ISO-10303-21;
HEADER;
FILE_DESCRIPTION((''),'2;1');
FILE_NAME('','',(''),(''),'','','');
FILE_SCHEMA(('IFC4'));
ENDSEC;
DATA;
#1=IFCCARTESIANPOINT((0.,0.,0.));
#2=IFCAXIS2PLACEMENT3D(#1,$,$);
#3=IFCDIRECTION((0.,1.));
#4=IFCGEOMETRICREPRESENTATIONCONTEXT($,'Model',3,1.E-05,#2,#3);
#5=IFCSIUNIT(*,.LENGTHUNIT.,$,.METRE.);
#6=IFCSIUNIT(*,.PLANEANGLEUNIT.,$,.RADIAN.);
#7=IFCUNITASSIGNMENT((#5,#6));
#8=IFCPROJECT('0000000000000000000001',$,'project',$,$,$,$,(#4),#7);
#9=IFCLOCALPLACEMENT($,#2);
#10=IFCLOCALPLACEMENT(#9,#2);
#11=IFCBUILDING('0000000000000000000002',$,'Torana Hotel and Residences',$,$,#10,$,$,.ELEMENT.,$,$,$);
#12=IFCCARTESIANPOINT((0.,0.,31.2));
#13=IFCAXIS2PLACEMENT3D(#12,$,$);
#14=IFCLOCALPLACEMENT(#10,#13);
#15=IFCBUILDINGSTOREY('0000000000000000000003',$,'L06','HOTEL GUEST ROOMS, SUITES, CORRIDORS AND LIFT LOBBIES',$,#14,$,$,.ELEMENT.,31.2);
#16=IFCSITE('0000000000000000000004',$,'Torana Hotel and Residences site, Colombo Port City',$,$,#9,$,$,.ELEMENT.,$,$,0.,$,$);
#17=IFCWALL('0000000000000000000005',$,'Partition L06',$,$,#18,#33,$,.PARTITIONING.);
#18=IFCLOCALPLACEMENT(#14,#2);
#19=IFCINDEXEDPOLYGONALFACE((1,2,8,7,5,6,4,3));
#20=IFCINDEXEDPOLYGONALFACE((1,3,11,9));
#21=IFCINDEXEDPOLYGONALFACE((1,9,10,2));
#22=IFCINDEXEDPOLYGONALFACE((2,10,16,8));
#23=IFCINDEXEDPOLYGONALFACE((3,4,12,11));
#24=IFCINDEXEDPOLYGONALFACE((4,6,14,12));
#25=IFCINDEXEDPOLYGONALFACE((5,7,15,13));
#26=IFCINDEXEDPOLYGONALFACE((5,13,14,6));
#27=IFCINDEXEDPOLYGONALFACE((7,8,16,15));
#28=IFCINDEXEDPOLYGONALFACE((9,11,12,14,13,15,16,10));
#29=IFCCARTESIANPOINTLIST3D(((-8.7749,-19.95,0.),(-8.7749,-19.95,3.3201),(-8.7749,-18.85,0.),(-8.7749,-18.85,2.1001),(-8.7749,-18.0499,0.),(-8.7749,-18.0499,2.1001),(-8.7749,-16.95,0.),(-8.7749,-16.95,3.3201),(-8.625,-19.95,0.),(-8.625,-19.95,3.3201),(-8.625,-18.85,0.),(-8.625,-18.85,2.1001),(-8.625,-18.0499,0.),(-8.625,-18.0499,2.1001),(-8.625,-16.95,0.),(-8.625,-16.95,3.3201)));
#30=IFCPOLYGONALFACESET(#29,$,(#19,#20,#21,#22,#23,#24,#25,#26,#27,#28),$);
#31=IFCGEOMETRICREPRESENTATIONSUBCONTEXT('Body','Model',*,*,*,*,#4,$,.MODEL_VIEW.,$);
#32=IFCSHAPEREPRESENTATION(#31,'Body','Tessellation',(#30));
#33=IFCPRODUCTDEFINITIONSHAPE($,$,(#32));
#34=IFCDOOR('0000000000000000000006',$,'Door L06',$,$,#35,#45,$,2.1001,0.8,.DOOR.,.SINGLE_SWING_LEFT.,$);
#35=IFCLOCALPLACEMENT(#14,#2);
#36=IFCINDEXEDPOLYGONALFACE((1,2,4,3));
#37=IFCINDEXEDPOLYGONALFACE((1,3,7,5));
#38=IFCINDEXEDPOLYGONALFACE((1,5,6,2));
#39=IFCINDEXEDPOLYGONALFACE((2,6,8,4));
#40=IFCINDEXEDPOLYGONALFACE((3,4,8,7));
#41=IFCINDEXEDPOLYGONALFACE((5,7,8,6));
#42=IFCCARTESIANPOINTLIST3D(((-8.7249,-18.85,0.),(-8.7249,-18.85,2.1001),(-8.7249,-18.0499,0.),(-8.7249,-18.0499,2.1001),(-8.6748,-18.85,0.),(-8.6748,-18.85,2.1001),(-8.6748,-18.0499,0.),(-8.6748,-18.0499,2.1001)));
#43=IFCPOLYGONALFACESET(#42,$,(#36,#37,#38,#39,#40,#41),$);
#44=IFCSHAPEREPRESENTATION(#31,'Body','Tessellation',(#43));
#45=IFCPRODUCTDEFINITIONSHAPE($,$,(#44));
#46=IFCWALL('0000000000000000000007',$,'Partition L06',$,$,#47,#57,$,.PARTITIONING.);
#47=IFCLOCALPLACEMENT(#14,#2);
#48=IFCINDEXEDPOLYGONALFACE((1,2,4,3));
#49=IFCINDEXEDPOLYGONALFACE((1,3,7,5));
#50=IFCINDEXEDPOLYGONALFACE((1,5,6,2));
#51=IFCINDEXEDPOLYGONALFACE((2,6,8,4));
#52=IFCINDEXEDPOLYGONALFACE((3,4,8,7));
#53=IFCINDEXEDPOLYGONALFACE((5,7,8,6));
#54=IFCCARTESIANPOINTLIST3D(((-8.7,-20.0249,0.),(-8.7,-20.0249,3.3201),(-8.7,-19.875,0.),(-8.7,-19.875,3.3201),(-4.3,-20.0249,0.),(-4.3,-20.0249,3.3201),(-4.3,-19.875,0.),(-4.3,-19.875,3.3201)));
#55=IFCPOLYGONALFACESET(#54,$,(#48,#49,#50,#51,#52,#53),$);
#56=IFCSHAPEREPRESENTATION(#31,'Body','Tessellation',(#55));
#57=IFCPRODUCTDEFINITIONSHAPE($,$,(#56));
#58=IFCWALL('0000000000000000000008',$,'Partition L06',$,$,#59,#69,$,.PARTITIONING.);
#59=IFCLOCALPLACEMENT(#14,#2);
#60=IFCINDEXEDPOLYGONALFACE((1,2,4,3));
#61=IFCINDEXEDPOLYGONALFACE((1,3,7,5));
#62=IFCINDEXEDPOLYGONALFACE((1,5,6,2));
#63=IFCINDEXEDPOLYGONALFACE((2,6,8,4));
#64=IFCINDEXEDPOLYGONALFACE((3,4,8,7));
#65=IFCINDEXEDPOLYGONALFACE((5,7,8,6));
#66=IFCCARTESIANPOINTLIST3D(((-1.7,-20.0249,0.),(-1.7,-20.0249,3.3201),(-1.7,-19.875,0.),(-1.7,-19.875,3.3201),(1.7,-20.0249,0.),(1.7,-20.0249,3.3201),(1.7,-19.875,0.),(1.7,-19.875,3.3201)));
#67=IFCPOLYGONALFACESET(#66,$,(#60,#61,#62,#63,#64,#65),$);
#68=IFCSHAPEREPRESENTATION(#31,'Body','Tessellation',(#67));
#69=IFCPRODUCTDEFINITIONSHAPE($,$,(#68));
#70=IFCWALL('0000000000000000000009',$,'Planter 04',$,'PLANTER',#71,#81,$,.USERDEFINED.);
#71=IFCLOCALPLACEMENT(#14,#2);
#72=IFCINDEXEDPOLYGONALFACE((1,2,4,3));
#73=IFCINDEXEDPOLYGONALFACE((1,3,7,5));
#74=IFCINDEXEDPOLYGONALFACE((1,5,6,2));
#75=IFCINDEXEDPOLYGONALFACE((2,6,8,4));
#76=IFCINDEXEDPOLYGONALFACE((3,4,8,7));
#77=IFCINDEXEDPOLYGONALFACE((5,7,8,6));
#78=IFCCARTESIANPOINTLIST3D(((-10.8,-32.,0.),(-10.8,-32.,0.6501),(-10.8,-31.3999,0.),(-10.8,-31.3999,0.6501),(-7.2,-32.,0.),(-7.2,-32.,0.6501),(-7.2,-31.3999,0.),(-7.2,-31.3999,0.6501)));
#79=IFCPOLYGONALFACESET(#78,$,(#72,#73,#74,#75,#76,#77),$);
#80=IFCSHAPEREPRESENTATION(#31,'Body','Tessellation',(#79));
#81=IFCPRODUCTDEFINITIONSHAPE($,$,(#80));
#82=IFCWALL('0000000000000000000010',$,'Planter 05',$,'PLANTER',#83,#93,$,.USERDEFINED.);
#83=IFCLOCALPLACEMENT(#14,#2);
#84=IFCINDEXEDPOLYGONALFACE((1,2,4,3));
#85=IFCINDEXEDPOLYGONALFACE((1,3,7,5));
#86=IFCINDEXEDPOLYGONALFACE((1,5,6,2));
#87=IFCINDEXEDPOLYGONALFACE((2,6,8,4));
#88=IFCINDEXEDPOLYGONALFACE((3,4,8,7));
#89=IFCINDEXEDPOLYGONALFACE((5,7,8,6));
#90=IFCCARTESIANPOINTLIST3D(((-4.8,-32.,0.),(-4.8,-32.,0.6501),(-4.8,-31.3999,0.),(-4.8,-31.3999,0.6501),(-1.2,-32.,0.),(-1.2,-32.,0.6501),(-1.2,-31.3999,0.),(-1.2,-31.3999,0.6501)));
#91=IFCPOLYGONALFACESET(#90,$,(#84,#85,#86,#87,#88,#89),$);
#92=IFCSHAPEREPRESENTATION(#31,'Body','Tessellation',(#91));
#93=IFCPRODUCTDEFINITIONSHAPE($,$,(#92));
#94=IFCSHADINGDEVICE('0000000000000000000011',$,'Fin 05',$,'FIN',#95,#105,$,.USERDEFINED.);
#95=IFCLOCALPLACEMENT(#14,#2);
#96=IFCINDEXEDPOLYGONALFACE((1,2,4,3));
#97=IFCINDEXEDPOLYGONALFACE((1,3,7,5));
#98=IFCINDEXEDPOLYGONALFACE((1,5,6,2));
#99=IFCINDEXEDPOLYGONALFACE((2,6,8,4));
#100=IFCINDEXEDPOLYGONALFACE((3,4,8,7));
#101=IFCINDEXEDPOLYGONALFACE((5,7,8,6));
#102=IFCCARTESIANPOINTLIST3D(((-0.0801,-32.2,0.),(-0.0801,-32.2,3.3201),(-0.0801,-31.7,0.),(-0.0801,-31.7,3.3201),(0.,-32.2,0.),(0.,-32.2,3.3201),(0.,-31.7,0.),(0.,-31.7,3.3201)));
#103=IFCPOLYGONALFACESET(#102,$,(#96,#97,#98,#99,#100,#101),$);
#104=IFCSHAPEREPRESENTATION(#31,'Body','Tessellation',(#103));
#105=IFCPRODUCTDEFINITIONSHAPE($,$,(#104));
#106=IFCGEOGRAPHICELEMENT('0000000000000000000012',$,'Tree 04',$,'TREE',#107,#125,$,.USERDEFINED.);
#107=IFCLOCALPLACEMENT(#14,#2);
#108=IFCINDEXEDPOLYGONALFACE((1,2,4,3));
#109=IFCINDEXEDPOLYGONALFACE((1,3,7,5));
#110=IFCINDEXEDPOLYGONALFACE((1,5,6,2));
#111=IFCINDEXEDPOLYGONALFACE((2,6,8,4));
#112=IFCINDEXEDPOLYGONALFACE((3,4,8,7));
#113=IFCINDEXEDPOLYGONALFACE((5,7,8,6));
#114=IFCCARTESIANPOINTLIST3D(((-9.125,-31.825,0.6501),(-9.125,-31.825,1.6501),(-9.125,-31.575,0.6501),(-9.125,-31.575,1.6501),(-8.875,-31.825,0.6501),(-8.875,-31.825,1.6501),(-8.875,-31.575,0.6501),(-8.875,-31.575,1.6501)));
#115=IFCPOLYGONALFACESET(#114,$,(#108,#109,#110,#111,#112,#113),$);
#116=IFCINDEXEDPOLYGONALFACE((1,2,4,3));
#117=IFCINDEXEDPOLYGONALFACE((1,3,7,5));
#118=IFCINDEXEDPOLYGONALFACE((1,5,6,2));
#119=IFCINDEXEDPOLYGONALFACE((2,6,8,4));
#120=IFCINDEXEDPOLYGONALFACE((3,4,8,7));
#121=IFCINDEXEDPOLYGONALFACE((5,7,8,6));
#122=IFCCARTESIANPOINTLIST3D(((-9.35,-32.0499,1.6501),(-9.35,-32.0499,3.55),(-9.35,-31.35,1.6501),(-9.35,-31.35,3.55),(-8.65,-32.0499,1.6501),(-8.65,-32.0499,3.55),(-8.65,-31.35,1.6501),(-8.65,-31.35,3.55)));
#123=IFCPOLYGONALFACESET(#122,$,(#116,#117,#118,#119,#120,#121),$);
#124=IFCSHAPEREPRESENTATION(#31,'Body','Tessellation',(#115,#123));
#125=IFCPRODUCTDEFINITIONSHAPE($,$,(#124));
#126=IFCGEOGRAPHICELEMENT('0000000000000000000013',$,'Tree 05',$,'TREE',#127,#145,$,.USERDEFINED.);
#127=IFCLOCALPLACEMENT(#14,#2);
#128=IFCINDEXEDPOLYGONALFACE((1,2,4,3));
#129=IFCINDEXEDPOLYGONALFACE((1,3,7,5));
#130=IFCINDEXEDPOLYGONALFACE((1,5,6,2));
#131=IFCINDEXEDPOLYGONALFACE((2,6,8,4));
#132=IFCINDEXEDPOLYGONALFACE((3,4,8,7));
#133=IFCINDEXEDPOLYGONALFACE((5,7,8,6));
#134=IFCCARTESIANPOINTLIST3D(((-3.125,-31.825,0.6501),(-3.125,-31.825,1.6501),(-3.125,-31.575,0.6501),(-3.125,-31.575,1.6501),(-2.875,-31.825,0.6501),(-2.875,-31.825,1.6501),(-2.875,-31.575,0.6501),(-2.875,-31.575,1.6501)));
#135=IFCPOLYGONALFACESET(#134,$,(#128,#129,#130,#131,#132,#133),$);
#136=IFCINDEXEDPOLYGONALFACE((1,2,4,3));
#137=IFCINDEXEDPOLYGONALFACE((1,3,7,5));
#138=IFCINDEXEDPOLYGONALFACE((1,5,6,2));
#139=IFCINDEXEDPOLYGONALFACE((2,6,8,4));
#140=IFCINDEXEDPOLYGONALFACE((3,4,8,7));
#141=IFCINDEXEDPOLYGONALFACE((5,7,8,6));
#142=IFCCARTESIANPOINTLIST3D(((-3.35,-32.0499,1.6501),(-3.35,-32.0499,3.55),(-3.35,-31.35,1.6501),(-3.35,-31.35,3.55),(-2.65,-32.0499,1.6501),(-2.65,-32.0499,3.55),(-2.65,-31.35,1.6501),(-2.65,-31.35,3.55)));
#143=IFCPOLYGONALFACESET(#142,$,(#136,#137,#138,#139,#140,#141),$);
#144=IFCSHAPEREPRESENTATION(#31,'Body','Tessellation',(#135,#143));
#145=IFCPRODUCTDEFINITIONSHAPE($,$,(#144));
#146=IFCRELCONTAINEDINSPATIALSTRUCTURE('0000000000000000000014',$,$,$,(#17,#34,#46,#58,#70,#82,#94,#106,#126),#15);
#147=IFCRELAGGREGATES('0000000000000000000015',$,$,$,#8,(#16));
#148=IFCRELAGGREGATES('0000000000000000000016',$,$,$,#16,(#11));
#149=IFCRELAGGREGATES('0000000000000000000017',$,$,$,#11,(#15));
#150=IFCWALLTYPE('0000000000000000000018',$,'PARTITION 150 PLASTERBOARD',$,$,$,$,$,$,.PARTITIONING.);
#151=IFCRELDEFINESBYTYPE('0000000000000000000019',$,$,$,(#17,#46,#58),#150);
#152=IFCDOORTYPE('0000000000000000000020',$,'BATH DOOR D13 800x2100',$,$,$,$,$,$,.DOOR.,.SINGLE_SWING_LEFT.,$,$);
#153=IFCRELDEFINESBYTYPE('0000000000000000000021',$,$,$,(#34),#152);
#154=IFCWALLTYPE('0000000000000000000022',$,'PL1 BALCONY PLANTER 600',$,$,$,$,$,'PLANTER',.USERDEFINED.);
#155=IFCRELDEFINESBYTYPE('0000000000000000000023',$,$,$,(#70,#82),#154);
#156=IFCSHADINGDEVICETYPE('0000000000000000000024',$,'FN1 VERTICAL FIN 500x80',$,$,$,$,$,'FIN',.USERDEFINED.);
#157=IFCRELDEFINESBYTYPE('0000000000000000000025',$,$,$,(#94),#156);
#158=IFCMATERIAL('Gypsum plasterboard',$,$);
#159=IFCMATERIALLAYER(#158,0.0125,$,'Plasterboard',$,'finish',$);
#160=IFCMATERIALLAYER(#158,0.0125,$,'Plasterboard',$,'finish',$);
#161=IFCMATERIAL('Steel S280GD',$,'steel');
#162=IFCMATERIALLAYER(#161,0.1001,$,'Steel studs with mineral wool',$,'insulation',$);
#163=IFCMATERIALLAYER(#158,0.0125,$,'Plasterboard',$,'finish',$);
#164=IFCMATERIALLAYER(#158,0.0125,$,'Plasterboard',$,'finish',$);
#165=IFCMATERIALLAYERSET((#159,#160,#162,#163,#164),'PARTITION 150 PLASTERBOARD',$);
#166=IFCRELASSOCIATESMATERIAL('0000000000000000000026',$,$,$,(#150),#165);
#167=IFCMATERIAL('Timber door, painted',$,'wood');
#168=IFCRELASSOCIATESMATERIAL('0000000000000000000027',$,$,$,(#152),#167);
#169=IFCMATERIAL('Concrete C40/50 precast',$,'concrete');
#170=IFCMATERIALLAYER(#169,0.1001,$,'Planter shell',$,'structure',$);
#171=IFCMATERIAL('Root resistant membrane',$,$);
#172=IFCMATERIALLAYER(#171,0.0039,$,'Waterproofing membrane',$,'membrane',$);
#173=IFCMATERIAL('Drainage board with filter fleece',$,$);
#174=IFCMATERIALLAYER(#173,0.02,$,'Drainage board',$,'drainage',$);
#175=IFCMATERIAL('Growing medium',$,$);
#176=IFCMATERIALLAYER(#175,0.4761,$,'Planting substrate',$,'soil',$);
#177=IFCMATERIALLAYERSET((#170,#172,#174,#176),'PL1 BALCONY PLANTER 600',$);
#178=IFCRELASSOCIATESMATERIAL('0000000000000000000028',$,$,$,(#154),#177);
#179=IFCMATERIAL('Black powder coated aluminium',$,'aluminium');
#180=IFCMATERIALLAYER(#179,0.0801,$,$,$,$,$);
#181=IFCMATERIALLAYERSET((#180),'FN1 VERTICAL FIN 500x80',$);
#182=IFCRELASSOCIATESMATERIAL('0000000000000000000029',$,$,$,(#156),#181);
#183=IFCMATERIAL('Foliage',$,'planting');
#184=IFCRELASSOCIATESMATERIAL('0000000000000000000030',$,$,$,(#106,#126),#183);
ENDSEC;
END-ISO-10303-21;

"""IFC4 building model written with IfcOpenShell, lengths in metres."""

from ifc_helpers import new_model, si_unit, direction, frame, frame_2d, origin, origin_2d, place, context, subcontext, project, spatial, rectangle, extrude, material, layer, layer_set, type_object, element, fill, save


model = new_model("IFC4")

# Units and contexts
model_context = context("Model", 3, precision=1e-05, world=origin(), true_north=direction((0.0, 1.0)))
body_context = subcontext(model_context, "Body", "Model", "MODEL_VIEW")
ifc_project = project(units=[si_unit("LENGTHUNIT", "METRE"), si_unit("PLANEANGLEUNIT", "RADIAN")], contexts=[model_context])

# Site, building, storey
site_placement = place(None, origin())
site = spatial("IfcSite", under=ifc_project, at=site_placement, Name="Torana Hotel and Residences site, Colombo Port City", CompositionType="ELEMENT", RefElevation=0.0)
building_placement = place(site_placement, origin())
building = spatial("IfcBuilding", under=site, at=building_placement, Name="Torana Hotel and Residences", CompositionType="ELEMENT")
storey_placement = place(building_placement, frame((0.0, 0.0, 31.2)))
storey = spatial("IfcBuildingStorey", under=building, at=storey_placement, Name="L06", Description="HOTEL GUEST ROOMS, SUITES, CORRIDORS AND LIFT LOBBIES", CompositionType="ELEMENT", Elevation=31.2)

# Shared definitions
ifc_material_1 = material(Name="Gypsum plasterboard")
ifc_layer_1 = layer(ifc_material_1, 0.0125, Name="Plasterboard", Category="finish")
ifc_layer_2 = layer(ifc_material_1, 0.0125, Name="Plasterboard", Category="finish")
ifc_material_2 = material(Name="Steel S280GD", Category="steel")
ifc_layer_3 = layer(ifc_material_2, 0.1001, Name="Steel studs with mineral wool", Category="insulation")
ifc_layer_4 = layer(ifc_material_1, 0.0125, Name="Plasterboard", Category="finish")
ifc_layer_5 = layer(ifc_material_1, 0.0125, Name="Plasterboard", Category="finish")
ifc_layer_set_1 = layer_set([ifc_layer_1, ifc_layer_2, ifc_layer_3, ifc_layer_4, ifc_layer_5], Name="PARTITION 150 PLASTERBOARD")
wall_type_1 = type_object("IfcWallType", Name="PARTITION 150 PLASTERBOARD", PredefinedType="PARTITIONING", material=ifc_layer_set_1)
ifc_material_3 = material(Name="Timber door, painted", Category="wood")
door_type_1 = type_object("IfcDoorType", Name="BATH DOOR D13 800x2100", OperationType="SINGLE_SWING_LEFT", PredefinedType="DOOR", material=ifc_material_3)

# Wall, opening, door
wall_1_placement = place(storey_placement, frame((-8.7, -19.95, 0.0), z_axis=(0.0, 0.0, 1.0), x_axis=(0.0, 1.0, 0.0)))
wall_1 = element("IfcWall", 1, at=wall_1_placement, inside=storey, type_object=wall_type_1, Name="Partition L06", PredefinedType="PARTITIONING", context=body_context, shape_type="SweptSolid", body=[
    extrude(rectangle(XDim=3.0, YDim=0.1499, at=frame_2d((1.5, 0.0))), origin(), (0.0, 0.0, 1.0), 3.3201),
])
opening_1_placement = place(wall_1_placement, frame((1.1001, 0.0, 0.0)))
opening_1 = element("IfcOpeningElement", 2, at=opening_1_placement, cuts=wall_1, PredefinedType="OPENING", context=body_context, shape_type="SweptSolid", body=[
    extrude(rectangle(XDim=0.8, YDim=2.1001, at=frame_2d((0.3999, 1.05))), frame((0.0, 0.085, 0.0), z_axis=(0.0, -1.0, 0.0), x_axis=(1.0, 0.0, 0.0)), (0.0, 0.0, 1.0), 0.1699),
])
door_1_placement = place(opening_1_placement, origin())
door_1 = element("IfcDoor", 3, at=door_1_placement, inside=storey, type_object=door_type_1, Name="Door L06", OperationType="SINGLE_SWING_LEFT", OverallHeight=2.1001, OverallWidth=0.8, PredefinedType="DOOR", context=body_context, shape_type="SweptSolid", body=[
    extrude(rectangle(XDim=0.8, YDim=2.1001, at=frame_2d((0.3999, 1.05))), frame((0.0, 0.0249, 0.0), z_axis=(0.0, -1.0, 0.0), x_axis=(1.0, 0.0, 0.0)), (0.0, 0.0, 1.0), 0.05),
])
fill(opening_1, door_1)

# Walls
wall_2_placement = place(storey_placement, frame((-8.7, -19.95, 0.0), z_axis=(0.0, 0.0, 1.0), x_axis=(1.0, 0.0, 0.0)))
element("IfcWall", 4, at=wall_2_placement, inside=storey, type_object=wall_type_1, Name="Partition L06", PredefinedType="PARTITIONING", context=body_context, shape_type="SweptSolid", body=[
    extrude(rectangle(XDim=4.3999, YDim=0.1499, at=frame_2d((2.2, 0.0))), origin(), (0.0, 0.0, 1.0), 3.3201),
])
wall_3_placement = place(storey_placement, frame((-1.7, -19.95, 0.0), z_axis=(0.0, 0.0, 1.0), x_axis=(1.0, 0.0, 0.0)))
element("IfcWall", 5, at=wall_3_placement, inside=storey, type_object=wall_type_1, Name="Partition L06", PredefinedType="PARTITIONING", context=body_context, shape_type="SweptSolid", body=[
    extrude(rectangle(XDim=3.3999, YDim=0.1499, at=frame_2d((1.7, 0.0))), origin(), (0.0, 0.0, 1.0), 3.3201),
])
ifc_material_4 = material(Name="Concrete C40/50 precast", Category="concrete")
ifc_layer_6 = layer(ifc_material_4, 0.1001, Name="Planter shell", Category="structure")
ifc_material_5 = material(Name="Root resistant membrane")
ifc_layer_7 = layer(ifc_material_5, 0.0039, Name="Waterproofing membrane", Category="membrane")
ifc_material_6 = material(Name="Drainage board with filter fleece")
ifc_layer_8 = layer(ifc_material_6, 0.02, Name="Drainage board", Category="drainage")
ifc_material_7 = material(Name="Growing medium")
ifc_layer_9 = layer(ifc_material_7, 0.4761, Name="Planting substrate", Category="soil")
ifc_layer_set_2 = layer_set([ifc_layer_6, ifc_layer_7, ifc_layer_8, ifc_layer_9], Name="PL1 BALCONY PLANTER 600")
wall_type_2 = type_object("IfcWallType", Name="PL1 BALCONY PLANTER 600", ElementType="PLANTER", PredefinedType="USERDEFINED", material=ifc_layer_set_2)
for number, where, z_axis, x_axis, name in (
    (6, (-7.2, -31.7, 0.0), (0.0, 0.0, 1.0), (-1.0, 0.0, 0.0), "Planter 04"),
    (7, (-1.2, -31.7, 0.0), (0.0, 0.0, 1.0), (-1.0, 0.0, 0.0), "Planter 05"),
):
    element("IfcWall", number, at=place(storey_placement, frame(where, z_axis=z_axis, x_axis=x_axis)), inside=storey, type_object=wall_type_2, Name=name, ObjectType="PLANTER", PredefinedType="USERDEFINED", context=body_context, shape_type="SweptSolid", body=[
        extrude(rectangle(XDim=3.6001, YDim=0.6001, at=frame_2d((1.8, 0.0))), origin(), (0.0, 0.0, 1.0), 0.6501),
    ])

# Shading device
ifc_material_8 = material(Name="Black powder coated aluminium", Category="aluminium")
ifc_layer_10 = layer(ifc_material_8, 0.0801)
ifc_layer_set_3 = layer_set([ifc_layer_10], Name="FN1 VERTICAL FIN 500x80")
shading_device_type = type_object("IfcShadingDeviceType", Name="FN1 VERTICAL FIN 500x80", ElementType="FIN", PredefinedType="USERDEFINED", material=ifc_layer_set_3)
shading_device_placement = place(storey_placement, frame((-0.04, -31.95, 0.0), z_axis=(0.0, 0.0, 1.0), x_axis=(-1.0, 0.0, 0.0)))
element("IfcShadingDevice", 8, at=shading_device_placement, inside=storey, type_object=shading_device_type, Name="Fin 05", ObjectType="FIN", PredefinedType="USERDEFINED", context=body_context, shape_type="SweptSolid", body=[
    extrude(rectangle(XDim=0.0801, YDim=0.5, at=origin_2d()), origin(), (0.0, 0.0, 1.0), 3.3201),
])

# Geographic elements
ifc_material_9 = material(Name="Foliage", Category="planting")
for number, where, z_axis, x_axis, name in (
    (9, (-9.0, -31.7, 0.6501), (0.0, 0.0, 1.0), (1.0, 0.0, 0.0), "Tree 04"),
    (10, (-3.0, -31.7, 0.6501), (0.0, 0.0, 1.0), (1.0, 0.0, 0.0), "Tree 05"),
):
    element("IfcGeographicElement", number, at=place(storey_placement, frame(where, z_axis=z_axis, x_axis=x_axis)), inside=storey, material=ifc_material_9, Name=name, ObjectType="TREE", PredefinedType="USERDEFINED", context=body_context, shape_type="SweptSolid", body=[
        extrude(rectangle(XDim=0.25, YDim=0.25, at=origin_2d()), origin(), (0.0, 0.0, 1.0), 1.0),
        extrude(rectangle(XDim=0.7, YDim=0.7, at=origin_2d()), frame((0.0, 0.0, 1.0)), (0.0, 0.0, 1.0), 1.8999),
    ])

save(model, "model.ifc")
